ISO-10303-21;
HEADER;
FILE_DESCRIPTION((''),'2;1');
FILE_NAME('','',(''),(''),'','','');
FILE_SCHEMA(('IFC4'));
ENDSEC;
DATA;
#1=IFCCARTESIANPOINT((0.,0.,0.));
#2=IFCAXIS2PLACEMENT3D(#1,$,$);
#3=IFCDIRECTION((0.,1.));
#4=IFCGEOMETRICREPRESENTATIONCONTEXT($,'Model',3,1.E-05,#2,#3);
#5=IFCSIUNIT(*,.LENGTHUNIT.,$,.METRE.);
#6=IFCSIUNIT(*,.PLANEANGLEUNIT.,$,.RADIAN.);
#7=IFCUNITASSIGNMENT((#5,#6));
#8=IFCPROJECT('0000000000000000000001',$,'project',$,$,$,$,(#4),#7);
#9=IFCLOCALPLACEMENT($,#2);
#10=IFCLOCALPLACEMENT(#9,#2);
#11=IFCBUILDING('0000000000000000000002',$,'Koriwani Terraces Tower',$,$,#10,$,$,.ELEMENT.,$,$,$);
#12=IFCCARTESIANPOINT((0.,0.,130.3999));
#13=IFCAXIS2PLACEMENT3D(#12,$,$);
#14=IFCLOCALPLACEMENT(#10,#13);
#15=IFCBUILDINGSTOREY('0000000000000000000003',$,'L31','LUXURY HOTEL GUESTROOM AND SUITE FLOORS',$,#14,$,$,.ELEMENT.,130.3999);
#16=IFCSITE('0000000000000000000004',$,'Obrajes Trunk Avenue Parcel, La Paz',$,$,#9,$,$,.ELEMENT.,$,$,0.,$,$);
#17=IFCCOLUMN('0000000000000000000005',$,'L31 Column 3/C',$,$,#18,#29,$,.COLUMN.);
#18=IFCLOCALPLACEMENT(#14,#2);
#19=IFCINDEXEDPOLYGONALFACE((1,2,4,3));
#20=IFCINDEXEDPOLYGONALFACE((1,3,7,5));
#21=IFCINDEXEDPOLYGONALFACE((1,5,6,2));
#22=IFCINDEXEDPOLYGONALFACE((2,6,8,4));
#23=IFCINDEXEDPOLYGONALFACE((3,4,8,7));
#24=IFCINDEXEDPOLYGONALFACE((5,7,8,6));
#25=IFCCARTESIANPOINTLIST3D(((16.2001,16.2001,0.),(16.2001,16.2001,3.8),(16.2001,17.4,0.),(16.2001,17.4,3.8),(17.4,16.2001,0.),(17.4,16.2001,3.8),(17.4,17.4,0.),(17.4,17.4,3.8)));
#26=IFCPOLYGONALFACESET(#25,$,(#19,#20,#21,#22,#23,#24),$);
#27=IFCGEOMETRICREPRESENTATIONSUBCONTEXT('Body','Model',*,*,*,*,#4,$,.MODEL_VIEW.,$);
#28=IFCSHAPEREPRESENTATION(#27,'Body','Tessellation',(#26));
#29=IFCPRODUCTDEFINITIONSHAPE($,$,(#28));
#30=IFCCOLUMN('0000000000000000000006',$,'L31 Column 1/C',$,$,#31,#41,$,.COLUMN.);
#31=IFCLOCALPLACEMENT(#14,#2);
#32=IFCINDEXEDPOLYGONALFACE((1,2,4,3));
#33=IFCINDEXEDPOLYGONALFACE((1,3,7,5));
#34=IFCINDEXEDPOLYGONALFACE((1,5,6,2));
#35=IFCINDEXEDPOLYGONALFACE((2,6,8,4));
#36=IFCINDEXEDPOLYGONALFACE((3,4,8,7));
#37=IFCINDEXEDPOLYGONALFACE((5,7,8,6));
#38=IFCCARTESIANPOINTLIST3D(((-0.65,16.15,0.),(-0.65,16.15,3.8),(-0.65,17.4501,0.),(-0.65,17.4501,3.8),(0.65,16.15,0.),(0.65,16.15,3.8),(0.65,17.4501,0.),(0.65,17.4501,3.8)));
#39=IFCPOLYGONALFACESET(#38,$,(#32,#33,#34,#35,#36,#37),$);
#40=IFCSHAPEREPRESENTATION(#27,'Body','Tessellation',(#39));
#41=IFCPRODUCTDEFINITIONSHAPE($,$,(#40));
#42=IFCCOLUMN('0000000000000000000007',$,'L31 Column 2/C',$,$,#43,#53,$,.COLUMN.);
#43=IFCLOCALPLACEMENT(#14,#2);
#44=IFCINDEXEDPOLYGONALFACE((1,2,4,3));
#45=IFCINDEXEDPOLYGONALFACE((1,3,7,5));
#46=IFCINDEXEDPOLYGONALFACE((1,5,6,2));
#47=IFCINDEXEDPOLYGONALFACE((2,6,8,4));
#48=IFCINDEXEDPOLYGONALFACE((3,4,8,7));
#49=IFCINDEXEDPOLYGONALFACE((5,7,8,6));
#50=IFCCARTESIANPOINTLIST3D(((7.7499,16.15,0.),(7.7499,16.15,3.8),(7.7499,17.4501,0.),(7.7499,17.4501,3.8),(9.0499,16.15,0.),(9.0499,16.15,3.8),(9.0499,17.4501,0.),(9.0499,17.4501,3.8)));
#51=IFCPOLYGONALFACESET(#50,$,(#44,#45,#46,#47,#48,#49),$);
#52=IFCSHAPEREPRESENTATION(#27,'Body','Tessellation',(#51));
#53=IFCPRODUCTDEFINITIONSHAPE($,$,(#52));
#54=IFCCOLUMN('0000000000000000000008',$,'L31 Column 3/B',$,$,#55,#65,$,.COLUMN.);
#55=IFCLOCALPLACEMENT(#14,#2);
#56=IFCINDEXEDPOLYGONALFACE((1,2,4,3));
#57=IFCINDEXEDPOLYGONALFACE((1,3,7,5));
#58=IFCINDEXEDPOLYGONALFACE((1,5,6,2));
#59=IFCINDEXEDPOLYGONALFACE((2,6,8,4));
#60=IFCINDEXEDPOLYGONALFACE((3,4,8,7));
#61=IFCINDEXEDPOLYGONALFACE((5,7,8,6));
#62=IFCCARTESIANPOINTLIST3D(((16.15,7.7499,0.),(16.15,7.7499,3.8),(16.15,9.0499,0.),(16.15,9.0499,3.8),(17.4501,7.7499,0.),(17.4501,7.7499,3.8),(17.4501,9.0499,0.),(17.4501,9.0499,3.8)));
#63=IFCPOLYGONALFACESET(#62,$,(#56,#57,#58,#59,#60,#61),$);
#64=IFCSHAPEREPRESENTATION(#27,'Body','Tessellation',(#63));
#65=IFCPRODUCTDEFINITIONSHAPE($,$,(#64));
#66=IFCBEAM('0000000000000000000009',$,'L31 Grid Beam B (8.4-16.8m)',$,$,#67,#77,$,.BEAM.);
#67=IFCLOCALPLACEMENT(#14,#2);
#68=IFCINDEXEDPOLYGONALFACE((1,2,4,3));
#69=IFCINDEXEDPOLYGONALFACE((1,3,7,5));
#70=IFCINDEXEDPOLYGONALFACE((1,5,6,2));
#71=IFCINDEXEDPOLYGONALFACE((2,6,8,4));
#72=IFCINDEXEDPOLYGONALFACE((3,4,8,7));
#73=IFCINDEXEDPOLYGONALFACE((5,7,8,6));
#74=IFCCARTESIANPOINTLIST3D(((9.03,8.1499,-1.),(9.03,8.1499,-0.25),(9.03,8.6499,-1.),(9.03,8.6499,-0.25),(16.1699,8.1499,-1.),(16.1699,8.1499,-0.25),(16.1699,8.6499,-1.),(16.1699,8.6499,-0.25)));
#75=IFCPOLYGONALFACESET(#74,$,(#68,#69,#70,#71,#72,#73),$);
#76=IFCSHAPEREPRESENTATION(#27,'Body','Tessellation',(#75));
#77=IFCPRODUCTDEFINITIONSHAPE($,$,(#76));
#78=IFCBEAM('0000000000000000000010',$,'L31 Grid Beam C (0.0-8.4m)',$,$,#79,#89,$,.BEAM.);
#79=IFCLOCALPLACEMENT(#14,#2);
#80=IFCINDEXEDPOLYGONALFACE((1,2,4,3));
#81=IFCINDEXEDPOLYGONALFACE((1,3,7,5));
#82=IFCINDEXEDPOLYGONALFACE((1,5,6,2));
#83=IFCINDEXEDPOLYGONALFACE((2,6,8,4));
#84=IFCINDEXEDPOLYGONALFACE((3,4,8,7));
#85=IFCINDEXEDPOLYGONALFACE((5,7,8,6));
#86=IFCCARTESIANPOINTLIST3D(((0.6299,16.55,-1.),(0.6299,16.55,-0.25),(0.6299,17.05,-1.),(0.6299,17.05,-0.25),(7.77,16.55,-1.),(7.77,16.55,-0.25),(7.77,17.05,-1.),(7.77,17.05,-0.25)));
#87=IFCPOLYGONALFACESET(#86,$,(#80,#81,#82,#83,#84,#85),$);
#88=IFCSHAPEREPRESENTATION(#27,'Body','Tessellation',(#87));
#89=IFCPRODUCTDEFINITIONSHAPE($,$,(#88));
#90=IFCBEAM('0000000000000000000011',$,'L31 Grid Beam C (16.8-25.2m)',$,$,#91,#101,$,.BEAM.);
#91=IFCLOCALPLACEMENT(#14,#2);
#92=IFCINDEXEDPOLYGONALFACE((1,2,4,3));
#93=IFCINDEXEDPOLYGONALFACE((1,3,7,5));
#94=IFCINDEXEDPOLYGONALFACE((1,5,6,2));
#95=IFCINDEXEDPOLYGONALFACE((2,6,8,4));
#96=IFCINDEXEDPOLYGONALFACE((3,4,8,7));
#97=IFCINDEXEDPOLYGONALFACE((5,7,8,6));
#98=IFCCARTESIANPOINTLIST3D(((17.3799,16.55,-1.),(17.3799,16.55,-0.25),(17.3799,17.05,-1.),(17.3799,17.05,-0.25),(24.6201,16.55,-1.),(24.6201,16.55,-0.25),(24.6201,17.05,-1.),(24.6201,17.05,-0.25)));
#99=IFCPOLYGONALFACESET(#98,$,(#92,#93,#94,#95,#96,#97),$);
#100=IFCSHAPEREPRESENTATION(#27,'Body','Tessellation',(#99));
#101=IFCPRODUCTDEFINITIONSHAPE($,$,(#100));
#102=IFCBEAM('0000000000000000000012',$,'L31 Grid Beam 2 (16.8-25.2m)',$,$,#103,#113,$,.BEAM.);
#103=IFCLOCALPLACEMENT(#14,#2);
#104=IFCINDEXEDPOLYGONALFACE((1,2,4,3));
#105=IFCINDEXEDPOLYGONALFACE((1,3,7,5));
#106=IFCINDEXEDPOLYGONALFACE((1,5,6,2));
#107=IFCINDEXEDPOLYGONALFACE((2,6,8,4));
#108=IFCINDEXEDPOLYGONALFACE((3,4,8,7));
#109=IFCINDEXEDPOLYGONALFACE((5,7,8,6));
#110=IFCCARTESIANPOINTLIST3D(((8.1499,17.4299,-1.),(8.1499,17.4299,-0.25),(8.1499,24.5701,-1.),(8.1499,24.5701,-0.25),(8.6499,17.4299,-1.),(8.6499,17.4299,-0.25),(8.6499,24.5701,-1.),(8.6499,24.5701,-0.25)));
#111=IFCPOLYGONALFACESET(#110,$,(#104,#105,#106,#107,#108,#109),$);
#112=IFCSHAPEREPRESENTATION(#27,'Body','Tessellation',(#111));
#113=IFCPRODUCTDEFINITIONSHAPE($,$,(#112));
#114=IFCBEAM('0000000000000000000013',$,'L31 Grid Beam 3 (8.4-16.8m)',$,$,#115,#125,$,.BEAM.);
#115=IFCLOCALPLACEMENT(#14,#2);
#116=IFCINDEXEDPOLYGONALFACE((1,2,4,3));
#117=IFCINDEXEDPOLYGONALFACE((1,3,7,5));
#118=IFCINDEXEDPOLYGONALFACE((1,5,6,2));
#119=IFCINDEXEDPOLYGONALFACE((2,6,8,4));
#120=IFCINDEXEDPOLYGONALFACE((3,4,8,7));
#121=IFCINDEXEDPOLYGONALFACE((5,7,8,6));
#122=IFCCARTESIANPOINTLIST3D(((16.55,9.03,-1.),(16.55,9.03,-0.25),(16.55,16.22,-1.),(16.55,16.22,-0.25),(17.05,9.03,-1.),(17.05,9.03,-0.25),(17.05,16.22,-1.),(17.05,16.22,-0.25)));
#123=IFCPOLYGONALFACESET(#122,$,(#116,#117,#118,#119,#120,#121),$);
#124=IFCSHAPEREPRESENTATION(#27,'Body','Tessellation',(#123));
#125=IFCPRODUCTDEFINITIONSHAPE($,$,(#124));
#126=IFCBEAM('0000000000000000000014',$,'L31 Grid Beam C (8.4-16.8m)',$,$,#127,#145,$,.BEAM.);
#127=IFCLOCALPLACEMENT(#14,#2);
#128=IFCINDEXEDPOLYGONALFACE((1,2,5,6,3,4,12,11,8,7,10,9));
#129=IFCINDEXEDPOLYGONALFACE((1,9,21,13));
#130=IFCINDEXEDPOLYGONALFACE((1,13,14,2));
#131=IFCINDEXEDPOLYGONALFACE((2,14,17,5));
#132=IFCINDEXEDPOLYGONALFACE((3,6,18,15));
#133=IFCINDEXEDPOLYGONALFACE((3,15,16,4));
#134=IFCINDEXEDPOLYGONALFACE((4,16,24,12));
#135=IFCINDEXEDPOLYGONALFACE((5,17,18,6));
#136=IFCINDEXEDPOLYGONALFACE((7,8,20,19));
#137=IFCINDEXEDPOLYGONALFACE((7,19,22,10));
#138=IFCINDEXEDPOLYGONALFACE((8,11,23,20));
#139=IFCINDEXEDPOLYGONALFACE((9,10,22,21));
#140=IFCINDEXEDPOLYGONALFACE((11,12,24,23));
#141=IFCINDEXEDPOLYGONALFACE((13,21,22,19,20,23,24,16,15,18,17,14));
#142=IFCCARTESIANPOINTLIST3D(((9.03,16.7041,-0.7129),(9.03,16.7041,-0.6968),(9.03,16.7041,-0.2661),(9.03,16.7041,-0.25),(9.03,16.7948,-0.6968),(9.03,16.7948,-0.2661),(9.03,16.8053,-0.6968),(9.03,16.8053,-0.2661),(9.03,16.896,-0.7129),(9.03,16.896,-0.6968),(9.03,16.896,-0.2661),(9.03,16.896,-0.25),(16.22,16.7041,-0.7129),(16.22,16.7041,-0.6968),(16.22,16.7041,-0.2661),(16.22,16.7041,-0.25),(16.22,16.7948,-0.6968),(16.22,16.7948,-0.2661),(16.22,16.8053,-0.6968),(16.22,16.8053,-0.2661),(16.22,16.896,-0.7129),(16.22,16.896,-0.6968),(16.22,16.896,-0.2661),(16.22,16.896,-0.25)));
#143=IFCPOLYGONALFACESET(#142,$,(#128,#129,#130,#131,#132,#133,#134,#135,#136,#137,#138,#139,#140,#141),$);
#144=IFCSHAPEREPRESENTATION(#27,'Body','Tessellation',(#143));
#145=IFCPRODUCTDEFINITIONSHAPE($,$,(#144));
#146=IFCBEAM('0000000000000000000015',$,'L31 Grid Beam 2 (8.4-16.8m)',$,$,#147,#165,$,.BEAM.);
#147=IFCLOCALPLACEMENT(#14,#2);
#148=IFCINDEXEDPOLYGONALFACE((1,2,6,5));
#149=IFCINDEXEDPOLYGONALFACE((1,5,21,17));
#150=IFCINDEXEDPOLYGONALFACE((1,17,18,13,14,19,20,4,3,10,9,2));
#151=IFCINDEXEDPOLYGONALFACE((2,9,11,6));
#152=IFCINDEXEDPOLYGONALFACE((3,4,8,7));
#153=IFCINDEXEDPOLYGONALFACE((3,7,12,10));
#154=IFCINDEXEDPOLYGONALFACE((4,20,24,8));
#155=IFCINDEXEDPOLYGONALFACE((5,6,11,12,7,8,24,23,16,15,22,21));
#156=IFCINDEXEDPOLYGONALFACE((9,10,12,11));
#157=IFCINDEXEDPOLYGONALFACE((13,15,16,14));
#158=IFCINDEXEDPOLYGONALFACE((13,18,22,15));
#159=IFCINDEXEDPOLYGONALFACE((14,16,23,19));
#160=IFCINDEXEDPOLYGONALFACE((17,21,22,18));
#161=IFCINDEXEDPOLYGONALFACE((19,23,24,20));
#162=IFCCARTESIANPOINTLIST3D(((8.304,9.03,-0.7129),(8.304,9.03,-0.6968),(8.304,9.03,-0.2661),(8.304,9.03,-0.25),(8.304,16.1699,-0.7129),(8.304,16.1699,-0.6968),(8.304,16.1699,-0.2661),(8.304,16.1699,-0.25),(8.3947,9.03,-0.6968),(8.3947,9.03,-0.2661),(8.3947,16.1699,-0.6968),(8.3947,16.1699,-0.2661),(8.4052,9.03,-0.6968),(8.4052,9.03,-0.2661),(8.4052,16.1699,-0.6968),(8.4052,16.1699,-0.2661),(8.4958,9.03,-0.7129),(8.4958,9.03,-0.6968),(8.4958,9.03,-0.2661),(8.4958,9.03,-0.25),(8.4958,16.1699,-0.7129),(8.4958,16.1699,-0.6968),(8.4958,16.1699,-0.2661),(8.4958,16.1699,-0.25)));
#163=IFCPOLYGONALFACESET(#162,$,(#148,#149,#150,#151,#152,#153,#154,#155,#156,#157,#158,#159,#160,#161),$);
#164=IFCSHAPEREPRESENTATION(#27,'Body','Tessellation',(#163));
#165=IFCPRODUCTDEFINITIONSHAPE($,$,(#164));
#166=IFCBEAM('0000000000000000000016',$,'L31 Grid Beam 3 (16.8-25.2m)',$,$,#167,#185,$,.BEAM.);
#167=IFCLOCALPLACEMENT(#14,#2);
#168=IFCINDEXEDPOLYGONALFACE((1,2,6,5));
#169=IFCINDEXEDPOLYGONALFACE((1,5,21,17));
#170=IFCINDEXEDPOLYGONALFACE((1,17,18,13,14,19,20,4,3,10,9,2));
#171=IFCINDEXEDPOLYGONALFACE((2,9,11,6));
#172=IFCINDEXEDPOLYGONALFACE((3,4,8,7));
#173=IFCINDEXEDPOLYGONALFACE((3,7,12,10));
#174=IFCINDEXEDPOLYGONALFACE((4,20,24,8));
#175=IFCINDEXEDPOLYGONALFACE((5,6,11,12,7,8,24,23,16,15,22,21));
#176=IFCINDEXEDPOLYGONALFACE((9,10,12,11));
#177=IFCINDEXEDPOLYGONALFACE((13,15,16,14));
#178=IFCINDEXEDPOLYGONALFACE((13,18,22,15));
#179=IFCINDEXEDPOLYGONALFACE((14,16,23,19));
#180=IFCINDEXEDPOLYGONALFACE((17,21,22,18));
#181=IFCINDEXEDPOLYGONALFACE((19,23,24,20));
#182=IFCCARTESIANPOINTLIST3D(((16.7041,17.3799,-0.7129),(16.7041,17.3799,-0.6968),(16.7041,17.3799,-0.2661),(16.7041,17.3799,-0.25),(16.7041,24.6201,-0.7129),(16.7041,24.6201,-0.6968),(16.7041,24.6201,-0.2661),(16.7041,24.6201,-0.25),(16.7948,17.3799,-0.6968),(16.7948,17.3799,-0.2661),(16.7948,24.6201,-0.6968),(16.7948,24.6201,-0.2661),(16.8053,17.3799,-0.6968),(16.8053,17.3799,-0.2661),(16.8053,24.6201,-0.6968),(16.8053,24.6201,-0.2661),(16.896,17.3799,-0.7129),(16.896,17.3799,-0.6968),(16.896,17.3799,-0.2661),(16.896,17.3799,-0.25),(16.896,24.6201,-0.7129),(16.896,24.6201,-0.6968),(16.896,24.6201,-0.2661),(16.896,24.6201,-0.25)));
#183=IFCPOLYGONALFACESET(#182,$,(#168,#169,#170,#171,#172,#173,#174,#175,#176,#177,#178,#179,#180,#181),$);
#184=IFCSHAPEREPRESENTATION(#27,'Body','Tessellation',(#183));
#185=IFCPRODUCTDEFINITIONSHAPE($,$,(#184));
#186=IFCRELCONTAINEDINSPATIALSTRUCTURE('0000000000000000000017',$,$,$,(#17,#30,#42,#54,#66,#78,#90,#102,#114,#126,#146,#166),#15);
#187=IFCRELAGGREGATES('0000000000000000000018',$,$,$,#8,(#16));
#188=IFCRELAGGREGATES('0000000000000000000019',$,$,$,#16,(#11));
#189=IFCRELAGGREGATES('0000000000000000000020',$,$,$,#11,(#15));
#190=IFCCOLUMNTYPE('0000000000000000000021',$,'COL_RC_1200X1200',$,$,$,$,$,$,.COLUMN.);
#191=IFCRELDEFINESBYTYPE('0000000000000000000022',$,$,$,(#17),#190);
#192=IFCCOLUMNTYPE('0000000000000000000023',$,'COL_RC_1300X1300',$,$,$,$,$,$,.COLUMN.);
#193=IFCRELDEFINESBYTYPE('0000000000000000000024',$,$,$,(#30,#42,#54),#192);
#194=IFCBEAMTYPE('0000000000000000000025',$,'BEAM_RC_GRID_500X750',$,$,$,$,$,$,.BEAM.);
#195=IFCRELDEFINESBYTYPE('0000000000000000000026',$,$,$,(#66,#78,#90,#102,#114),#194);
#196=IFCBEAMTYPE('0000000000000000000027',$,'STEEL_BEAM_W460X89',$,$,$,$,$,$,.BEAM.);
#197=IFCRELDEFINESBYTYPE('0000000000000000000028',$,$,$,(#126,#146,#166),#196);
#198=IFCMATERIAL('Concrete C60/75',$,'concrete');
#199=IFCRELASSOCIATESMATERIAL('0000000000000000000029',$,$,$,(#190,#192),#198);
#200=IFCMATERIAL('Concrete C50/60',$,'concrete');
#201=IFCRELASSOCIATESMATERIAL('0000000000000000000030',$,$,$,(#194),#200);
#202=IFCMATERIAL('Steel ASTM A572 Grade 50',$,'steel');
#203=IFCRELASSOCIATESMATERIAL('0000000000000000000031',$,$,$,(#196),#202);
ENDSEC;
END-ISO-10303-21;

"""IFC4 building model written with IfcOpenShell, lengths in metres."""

from ifc_helpers import new_model, si_unit, direction, frame, origin, origin_2d, place, context, subcontext, project, spatial, rectangle, i_section, extrude, material, material_profile, profile_set, type_object, element, save


model = new_model("IFC4")

# Units and contexts
model_context = context("Model", 3, precision=1e-05, world=origin(), true_north=direction((0.0, 1.0)))
body_context = subcontext(model_context, "Body", "Model", "MODEL_VIEW")
ifc_project = project(units=[si_unit("LENGTHUNIT", "METRE"), si_unit("PLANEANGLEUNIT", "RADIAN")], contexts=[model_context])

# Site, building, storey
site_placement = place(None, origin())
site = spatial("IfcSite", under=ifc_project, at=site_placement, Name="Obrajes Trunk Avenue Parcel, La Paz", CompositionType="ELEMENT", RefElevation=0.0)
building_placement = place(site_placement, origin())
building = spatial("IfcBuilding", under=site, at=building_placement, Name="Koriwani Terraces Tower", CompositionType="ELEMENT")
storey_placement = place(building_placement, frame((0.0, 0.0, 130.3999)))
storey = spatial("IfcBuildingStorey", under=building, at=storey_placement, Name="L31", Description="LUXURY HOTEL GUESTROOM AND SUITE FLOORS", CompositionType="ELEMENT", Elevation=130.3999)

# Columns
ifc_material_1 = material(Name="Concrete C60/75", Category="concrete")
ifc_material_profile_1 = material_profile(ifc_material_1, rectangle(XDim=1.2, YDim=1.2, at=origin_2d()), Name="Concrete C60/75", Category="LoadBearing")
ifc_profile_set_1 = profile_set([ifc_material_profile_1], Name="Concrete C60/75")
column_type_1 = type_object("IfcColumnType", Name="COL_RC_1200X1200", PredefinedType="COLUMN", material=ifc_profile_set_1)
column_placement = place(storey_placement, frame((16.8, 16.8, 0.0), z_axis=(0.0, 0.0, 1.0), x_axis=(1.0, 0.0, 0.0)))
element("IfcColumn", 1, at=column_placement, inside=storey, type_object=column_type_1, Name="L31 Column 3/C", PredefinedType="COLUMN", context=body_context, shape_type="SweptSolid", body=[
    extrude(rectangle(XDim=1.2, YDim=1.2, at=origin_2d()), origin(), (0.0, 0.0, 1.0), 3.8),
])
ifc_material_profile_2 = material_profile(ifc_material_1, rectangle(XDim=1.3, YDim=1.3, at=origin_2d()), Name="Concrete C60/75", Category="LoadBearing")
ifc_profile_set_2 = profile_set([ifc_material_profile_2], Name="Concrete C60/75")
column_type_2 = type_object("IfcColumnType", Name="COL_RC_1300X1300", PredefinedType="COLUMN", material=ifc_profile_set_2)
for number, where, z_axis, x_axis, name in (
    (2, (0.0, 16.8, 0.0), (0.0, 0.0, 1.0), (1.0, 0.0, 0.0), "L31 Column 1/C"),
    (3, (8.3999, 16.8, 0.0), (0.0, 0.0, 1.0), (1.0, 0.0, 0.0), "L31 Column 2/C"),
    (4, (16.8, 8.3999, 0.0), (0.0, 0.0, 1.0), (1.0, 0.0, 0.0), "L31 Column 3/B"),
):
    element("IfcColumn", number, at=place(storey_placement, frame(where, z_axis=z_axis, x_axis=x_axis)), inside=storey, type_object=column_type_2, Name=name, PredefinedType="COLUMN", context=body_context, shape_type="SweptSolid", body=[
        extrude(rectangle(XDim=1.3, YDim=1.3, at=origin_2d()), origin(), (0.0, 0.0, 1.0), 3.8),
    ])

# Beams
ifc_material_2 = material(Name="Concrete C50/60", Category="concrete")
ifc_material_profile_3 = material_profile(ifc_material_2, rectangle(XDim=0.5, YDim=0.75, at=origin_2d()), Name="Concrete C50/60", Category="LoadBearing")
ifc_profile_set_3 = profile_set([ifc_material_profile_3], Name="Concrete C50/60")
beam_type_1 = type_object("IfcBeamType", Name="BEAM_RC_GRID_500X750", PredefinedType="BEAM", material=ifc_profile_set_3)
beam_1_placement = place(storey_placement, frame((9.03, 8.3999, -0.625), z_axis=(1.0, 0.0, 0.0), x_axis=(0.0, 1.0, 0.0)))
element("IfcBeam", 5, at=beam_1_placement, inside=storey, type_object=beam_type_1, Name="L31 Grid Beam B (8.4-16.8m)", PredefinedType="BEAM", context=body_context, shape_type="SweptSolid", body=[
    extrude(rectangle(XDim=0.5, YDim=0.75, at=origin_2d()), origin(), (0.0, 0.0, 1.0), 7.1399),
])
beam_2_placement = place(storey_placement, frame((0.6299, 16.8, -0.625), z_axis=(1.0, 0.0, 0.0), x_axis=(0.0, 1.0, 0.0)))
element("IfcBeam", 6, at=beam_2_placement, inside=storey, type_object=beam_type_1, Name="L31 Grid Beam C (0.0-8.4m)", PredefinedType="BEAM", context=body_context, shape_type="SweptSolid", body=[
    extrude(rectangle(XDim=0.5, YDim=0.75, at=origin_2d()), origin(), (0.0, 0.0, 1.0), 7.1401),
])
beam_3_placement = place(storey_placement, frame((17.3799, 16.8, -0.625), z_axis=(1.0, 0.0, 0.0), x_axis=(0.0, 1.0, 0.0)))
element("IfcBeam", 7, at=beam_3_placement, inside=storey, type_object=beam_type_1, Name="L31 Grid Beam C (16.8-25.2m)", PredefinedType="BEAM", context=body_context, shape_type="SweptSolid", body=[
    extrude(rectangle(XDim=0.5, YDim=0.75, at=origin_2d()), origin(), (0.0, 0.0, 1.0), 7.2402),
])
beam_4_placement = place(storey_placement, frame((8.3999, 17.4299, -0.625), z_axis=(0.0, 1.0, 0.0), x_axis=(-1.0, 0.0, 0.0)))
element("IfcBeam", 8, at=beam_4_placement, inside=storey, type_object=beam_type_1, Name="L31 Grid Beam 2 (16.8-25.2m)", PredefinedType="BEAM", context=body_context, shape_type="SweptSolid", body=[
    extrude(rectangle(XDim=0.5, YDim=0.75, at=origin_2d()), origin(), (0.0, 0.0, 1.0), 7.1401),
])
beam_5_placement = place(storey_placement, frame((16.8, 9.03, -0.625), z_axis=(0.0, 1.0, 0.0), x_axis=(-1.0, 0.0, 0.0)))
element("IfcBeam", 9, at=beam_5_placement, inside=storey, type_object=beam_type_1, Name="L31 Grid Beam 3 (8.4-16.8m)", PredefinedType="BEAM", context=body_context, shape_type="SweptSolid", body=[
    extrude(rectangle(XDim=0.5, YDim=0.75, at=origin_2d()), origin(), (0.0, 0.0, 1.0), 7.1899),
])
ifc_material_3 = material(Name="Steel ASTM A572 Grade 50", Category="steel")
ifc_material_profile_4 = material_profile(ifc_material_3, i_section(OverallWidth=0.1919, OverallDepth=0.4629, WebThickness=0.0105, FlangeThickness=0.0161, at=origin_2d()), Name="Steel ASTM A572 Grade 50", Category="LoadBearing")
ifc_profile_set_4 = profile_set([ifc_material_profile_4], Name="Steel ASTM A572 Grade 50")
beam_type_2 = type_object("IfcBeamType", Name="STEEL_BEAM_W460X89", PredefinedType="BEAM", material=ifc_profile_set_4)
beam_6_placement = place(storey_placement, frame((9.03, 16.8, -0.4814), z_axis=(1.0, 0.0, 0.0), x_axis=(0.0, 1.0, 0.0)))
element("IfcBeam", 10, at=beam_6_placement, inside=storey, type_object=beam_type_2, Name="L31 Grid Beam C (8.4-16.8m)", PredefinedType="BEAM", context=body_context, shape_type="SweptSolid", body=[
    extrude(i_section(OverallWidth=0.1919, OverallDepth=0.4629, WebThickness=0.0105, FlangeThickness=0.0161, at=origin_2d()), origin(), (0.0, 0.0, 1.0), 7.1899),
])
beam_7_placement = place(storey_placement, frame((8.3999, 9.03, -0.4814), z_axis=(0.0, 1.0, 0.0), x_axis=(-1.0, 0.0, 0.0)))
element("IfcBeam", 11, at=beam_7_placement, inside=storey, type_object=beam_type_2, Name="L31 Grid Beam 2 (8.4-16.8m)", PredefinedType="BEAM", context=body_context, shape_type="SweptSolid", body=[
    extrude(i_section(OverallWidth=0.1919, OverallDepth=0.4629, WebThickness=0.0105, FlangeThickness=0.0161, at=origin_2d()), origin(), (0.0, 0.0, 1.0), 7.1399),
])
beam_8_placement = place(storey_placement, frame((16.8, 17.3799, -0.4814), z_axis=(0.0, 1.0, 0.0), x_axis=(-1.0, 0.0, 0.0)))
element("IfcBeam", 12, at=beam_8_placement, inside=storey, type_object=beam_type_2, Name="L31 Grid Beam 3 (16.8-25.2m)", PredefinedType="BEAM", context=body_context, shape_type="SweptSolid", body=[
    extrude(i_section(OverallWidth=0.1919, OverallDepth=0.4629, WebThickness=0.0105, FlangeThickness=0.0161, at=origin_2d()), origin(), (0.0, 0.0, 1.0), 7.2402),
])

save(model, "model.ifc")
